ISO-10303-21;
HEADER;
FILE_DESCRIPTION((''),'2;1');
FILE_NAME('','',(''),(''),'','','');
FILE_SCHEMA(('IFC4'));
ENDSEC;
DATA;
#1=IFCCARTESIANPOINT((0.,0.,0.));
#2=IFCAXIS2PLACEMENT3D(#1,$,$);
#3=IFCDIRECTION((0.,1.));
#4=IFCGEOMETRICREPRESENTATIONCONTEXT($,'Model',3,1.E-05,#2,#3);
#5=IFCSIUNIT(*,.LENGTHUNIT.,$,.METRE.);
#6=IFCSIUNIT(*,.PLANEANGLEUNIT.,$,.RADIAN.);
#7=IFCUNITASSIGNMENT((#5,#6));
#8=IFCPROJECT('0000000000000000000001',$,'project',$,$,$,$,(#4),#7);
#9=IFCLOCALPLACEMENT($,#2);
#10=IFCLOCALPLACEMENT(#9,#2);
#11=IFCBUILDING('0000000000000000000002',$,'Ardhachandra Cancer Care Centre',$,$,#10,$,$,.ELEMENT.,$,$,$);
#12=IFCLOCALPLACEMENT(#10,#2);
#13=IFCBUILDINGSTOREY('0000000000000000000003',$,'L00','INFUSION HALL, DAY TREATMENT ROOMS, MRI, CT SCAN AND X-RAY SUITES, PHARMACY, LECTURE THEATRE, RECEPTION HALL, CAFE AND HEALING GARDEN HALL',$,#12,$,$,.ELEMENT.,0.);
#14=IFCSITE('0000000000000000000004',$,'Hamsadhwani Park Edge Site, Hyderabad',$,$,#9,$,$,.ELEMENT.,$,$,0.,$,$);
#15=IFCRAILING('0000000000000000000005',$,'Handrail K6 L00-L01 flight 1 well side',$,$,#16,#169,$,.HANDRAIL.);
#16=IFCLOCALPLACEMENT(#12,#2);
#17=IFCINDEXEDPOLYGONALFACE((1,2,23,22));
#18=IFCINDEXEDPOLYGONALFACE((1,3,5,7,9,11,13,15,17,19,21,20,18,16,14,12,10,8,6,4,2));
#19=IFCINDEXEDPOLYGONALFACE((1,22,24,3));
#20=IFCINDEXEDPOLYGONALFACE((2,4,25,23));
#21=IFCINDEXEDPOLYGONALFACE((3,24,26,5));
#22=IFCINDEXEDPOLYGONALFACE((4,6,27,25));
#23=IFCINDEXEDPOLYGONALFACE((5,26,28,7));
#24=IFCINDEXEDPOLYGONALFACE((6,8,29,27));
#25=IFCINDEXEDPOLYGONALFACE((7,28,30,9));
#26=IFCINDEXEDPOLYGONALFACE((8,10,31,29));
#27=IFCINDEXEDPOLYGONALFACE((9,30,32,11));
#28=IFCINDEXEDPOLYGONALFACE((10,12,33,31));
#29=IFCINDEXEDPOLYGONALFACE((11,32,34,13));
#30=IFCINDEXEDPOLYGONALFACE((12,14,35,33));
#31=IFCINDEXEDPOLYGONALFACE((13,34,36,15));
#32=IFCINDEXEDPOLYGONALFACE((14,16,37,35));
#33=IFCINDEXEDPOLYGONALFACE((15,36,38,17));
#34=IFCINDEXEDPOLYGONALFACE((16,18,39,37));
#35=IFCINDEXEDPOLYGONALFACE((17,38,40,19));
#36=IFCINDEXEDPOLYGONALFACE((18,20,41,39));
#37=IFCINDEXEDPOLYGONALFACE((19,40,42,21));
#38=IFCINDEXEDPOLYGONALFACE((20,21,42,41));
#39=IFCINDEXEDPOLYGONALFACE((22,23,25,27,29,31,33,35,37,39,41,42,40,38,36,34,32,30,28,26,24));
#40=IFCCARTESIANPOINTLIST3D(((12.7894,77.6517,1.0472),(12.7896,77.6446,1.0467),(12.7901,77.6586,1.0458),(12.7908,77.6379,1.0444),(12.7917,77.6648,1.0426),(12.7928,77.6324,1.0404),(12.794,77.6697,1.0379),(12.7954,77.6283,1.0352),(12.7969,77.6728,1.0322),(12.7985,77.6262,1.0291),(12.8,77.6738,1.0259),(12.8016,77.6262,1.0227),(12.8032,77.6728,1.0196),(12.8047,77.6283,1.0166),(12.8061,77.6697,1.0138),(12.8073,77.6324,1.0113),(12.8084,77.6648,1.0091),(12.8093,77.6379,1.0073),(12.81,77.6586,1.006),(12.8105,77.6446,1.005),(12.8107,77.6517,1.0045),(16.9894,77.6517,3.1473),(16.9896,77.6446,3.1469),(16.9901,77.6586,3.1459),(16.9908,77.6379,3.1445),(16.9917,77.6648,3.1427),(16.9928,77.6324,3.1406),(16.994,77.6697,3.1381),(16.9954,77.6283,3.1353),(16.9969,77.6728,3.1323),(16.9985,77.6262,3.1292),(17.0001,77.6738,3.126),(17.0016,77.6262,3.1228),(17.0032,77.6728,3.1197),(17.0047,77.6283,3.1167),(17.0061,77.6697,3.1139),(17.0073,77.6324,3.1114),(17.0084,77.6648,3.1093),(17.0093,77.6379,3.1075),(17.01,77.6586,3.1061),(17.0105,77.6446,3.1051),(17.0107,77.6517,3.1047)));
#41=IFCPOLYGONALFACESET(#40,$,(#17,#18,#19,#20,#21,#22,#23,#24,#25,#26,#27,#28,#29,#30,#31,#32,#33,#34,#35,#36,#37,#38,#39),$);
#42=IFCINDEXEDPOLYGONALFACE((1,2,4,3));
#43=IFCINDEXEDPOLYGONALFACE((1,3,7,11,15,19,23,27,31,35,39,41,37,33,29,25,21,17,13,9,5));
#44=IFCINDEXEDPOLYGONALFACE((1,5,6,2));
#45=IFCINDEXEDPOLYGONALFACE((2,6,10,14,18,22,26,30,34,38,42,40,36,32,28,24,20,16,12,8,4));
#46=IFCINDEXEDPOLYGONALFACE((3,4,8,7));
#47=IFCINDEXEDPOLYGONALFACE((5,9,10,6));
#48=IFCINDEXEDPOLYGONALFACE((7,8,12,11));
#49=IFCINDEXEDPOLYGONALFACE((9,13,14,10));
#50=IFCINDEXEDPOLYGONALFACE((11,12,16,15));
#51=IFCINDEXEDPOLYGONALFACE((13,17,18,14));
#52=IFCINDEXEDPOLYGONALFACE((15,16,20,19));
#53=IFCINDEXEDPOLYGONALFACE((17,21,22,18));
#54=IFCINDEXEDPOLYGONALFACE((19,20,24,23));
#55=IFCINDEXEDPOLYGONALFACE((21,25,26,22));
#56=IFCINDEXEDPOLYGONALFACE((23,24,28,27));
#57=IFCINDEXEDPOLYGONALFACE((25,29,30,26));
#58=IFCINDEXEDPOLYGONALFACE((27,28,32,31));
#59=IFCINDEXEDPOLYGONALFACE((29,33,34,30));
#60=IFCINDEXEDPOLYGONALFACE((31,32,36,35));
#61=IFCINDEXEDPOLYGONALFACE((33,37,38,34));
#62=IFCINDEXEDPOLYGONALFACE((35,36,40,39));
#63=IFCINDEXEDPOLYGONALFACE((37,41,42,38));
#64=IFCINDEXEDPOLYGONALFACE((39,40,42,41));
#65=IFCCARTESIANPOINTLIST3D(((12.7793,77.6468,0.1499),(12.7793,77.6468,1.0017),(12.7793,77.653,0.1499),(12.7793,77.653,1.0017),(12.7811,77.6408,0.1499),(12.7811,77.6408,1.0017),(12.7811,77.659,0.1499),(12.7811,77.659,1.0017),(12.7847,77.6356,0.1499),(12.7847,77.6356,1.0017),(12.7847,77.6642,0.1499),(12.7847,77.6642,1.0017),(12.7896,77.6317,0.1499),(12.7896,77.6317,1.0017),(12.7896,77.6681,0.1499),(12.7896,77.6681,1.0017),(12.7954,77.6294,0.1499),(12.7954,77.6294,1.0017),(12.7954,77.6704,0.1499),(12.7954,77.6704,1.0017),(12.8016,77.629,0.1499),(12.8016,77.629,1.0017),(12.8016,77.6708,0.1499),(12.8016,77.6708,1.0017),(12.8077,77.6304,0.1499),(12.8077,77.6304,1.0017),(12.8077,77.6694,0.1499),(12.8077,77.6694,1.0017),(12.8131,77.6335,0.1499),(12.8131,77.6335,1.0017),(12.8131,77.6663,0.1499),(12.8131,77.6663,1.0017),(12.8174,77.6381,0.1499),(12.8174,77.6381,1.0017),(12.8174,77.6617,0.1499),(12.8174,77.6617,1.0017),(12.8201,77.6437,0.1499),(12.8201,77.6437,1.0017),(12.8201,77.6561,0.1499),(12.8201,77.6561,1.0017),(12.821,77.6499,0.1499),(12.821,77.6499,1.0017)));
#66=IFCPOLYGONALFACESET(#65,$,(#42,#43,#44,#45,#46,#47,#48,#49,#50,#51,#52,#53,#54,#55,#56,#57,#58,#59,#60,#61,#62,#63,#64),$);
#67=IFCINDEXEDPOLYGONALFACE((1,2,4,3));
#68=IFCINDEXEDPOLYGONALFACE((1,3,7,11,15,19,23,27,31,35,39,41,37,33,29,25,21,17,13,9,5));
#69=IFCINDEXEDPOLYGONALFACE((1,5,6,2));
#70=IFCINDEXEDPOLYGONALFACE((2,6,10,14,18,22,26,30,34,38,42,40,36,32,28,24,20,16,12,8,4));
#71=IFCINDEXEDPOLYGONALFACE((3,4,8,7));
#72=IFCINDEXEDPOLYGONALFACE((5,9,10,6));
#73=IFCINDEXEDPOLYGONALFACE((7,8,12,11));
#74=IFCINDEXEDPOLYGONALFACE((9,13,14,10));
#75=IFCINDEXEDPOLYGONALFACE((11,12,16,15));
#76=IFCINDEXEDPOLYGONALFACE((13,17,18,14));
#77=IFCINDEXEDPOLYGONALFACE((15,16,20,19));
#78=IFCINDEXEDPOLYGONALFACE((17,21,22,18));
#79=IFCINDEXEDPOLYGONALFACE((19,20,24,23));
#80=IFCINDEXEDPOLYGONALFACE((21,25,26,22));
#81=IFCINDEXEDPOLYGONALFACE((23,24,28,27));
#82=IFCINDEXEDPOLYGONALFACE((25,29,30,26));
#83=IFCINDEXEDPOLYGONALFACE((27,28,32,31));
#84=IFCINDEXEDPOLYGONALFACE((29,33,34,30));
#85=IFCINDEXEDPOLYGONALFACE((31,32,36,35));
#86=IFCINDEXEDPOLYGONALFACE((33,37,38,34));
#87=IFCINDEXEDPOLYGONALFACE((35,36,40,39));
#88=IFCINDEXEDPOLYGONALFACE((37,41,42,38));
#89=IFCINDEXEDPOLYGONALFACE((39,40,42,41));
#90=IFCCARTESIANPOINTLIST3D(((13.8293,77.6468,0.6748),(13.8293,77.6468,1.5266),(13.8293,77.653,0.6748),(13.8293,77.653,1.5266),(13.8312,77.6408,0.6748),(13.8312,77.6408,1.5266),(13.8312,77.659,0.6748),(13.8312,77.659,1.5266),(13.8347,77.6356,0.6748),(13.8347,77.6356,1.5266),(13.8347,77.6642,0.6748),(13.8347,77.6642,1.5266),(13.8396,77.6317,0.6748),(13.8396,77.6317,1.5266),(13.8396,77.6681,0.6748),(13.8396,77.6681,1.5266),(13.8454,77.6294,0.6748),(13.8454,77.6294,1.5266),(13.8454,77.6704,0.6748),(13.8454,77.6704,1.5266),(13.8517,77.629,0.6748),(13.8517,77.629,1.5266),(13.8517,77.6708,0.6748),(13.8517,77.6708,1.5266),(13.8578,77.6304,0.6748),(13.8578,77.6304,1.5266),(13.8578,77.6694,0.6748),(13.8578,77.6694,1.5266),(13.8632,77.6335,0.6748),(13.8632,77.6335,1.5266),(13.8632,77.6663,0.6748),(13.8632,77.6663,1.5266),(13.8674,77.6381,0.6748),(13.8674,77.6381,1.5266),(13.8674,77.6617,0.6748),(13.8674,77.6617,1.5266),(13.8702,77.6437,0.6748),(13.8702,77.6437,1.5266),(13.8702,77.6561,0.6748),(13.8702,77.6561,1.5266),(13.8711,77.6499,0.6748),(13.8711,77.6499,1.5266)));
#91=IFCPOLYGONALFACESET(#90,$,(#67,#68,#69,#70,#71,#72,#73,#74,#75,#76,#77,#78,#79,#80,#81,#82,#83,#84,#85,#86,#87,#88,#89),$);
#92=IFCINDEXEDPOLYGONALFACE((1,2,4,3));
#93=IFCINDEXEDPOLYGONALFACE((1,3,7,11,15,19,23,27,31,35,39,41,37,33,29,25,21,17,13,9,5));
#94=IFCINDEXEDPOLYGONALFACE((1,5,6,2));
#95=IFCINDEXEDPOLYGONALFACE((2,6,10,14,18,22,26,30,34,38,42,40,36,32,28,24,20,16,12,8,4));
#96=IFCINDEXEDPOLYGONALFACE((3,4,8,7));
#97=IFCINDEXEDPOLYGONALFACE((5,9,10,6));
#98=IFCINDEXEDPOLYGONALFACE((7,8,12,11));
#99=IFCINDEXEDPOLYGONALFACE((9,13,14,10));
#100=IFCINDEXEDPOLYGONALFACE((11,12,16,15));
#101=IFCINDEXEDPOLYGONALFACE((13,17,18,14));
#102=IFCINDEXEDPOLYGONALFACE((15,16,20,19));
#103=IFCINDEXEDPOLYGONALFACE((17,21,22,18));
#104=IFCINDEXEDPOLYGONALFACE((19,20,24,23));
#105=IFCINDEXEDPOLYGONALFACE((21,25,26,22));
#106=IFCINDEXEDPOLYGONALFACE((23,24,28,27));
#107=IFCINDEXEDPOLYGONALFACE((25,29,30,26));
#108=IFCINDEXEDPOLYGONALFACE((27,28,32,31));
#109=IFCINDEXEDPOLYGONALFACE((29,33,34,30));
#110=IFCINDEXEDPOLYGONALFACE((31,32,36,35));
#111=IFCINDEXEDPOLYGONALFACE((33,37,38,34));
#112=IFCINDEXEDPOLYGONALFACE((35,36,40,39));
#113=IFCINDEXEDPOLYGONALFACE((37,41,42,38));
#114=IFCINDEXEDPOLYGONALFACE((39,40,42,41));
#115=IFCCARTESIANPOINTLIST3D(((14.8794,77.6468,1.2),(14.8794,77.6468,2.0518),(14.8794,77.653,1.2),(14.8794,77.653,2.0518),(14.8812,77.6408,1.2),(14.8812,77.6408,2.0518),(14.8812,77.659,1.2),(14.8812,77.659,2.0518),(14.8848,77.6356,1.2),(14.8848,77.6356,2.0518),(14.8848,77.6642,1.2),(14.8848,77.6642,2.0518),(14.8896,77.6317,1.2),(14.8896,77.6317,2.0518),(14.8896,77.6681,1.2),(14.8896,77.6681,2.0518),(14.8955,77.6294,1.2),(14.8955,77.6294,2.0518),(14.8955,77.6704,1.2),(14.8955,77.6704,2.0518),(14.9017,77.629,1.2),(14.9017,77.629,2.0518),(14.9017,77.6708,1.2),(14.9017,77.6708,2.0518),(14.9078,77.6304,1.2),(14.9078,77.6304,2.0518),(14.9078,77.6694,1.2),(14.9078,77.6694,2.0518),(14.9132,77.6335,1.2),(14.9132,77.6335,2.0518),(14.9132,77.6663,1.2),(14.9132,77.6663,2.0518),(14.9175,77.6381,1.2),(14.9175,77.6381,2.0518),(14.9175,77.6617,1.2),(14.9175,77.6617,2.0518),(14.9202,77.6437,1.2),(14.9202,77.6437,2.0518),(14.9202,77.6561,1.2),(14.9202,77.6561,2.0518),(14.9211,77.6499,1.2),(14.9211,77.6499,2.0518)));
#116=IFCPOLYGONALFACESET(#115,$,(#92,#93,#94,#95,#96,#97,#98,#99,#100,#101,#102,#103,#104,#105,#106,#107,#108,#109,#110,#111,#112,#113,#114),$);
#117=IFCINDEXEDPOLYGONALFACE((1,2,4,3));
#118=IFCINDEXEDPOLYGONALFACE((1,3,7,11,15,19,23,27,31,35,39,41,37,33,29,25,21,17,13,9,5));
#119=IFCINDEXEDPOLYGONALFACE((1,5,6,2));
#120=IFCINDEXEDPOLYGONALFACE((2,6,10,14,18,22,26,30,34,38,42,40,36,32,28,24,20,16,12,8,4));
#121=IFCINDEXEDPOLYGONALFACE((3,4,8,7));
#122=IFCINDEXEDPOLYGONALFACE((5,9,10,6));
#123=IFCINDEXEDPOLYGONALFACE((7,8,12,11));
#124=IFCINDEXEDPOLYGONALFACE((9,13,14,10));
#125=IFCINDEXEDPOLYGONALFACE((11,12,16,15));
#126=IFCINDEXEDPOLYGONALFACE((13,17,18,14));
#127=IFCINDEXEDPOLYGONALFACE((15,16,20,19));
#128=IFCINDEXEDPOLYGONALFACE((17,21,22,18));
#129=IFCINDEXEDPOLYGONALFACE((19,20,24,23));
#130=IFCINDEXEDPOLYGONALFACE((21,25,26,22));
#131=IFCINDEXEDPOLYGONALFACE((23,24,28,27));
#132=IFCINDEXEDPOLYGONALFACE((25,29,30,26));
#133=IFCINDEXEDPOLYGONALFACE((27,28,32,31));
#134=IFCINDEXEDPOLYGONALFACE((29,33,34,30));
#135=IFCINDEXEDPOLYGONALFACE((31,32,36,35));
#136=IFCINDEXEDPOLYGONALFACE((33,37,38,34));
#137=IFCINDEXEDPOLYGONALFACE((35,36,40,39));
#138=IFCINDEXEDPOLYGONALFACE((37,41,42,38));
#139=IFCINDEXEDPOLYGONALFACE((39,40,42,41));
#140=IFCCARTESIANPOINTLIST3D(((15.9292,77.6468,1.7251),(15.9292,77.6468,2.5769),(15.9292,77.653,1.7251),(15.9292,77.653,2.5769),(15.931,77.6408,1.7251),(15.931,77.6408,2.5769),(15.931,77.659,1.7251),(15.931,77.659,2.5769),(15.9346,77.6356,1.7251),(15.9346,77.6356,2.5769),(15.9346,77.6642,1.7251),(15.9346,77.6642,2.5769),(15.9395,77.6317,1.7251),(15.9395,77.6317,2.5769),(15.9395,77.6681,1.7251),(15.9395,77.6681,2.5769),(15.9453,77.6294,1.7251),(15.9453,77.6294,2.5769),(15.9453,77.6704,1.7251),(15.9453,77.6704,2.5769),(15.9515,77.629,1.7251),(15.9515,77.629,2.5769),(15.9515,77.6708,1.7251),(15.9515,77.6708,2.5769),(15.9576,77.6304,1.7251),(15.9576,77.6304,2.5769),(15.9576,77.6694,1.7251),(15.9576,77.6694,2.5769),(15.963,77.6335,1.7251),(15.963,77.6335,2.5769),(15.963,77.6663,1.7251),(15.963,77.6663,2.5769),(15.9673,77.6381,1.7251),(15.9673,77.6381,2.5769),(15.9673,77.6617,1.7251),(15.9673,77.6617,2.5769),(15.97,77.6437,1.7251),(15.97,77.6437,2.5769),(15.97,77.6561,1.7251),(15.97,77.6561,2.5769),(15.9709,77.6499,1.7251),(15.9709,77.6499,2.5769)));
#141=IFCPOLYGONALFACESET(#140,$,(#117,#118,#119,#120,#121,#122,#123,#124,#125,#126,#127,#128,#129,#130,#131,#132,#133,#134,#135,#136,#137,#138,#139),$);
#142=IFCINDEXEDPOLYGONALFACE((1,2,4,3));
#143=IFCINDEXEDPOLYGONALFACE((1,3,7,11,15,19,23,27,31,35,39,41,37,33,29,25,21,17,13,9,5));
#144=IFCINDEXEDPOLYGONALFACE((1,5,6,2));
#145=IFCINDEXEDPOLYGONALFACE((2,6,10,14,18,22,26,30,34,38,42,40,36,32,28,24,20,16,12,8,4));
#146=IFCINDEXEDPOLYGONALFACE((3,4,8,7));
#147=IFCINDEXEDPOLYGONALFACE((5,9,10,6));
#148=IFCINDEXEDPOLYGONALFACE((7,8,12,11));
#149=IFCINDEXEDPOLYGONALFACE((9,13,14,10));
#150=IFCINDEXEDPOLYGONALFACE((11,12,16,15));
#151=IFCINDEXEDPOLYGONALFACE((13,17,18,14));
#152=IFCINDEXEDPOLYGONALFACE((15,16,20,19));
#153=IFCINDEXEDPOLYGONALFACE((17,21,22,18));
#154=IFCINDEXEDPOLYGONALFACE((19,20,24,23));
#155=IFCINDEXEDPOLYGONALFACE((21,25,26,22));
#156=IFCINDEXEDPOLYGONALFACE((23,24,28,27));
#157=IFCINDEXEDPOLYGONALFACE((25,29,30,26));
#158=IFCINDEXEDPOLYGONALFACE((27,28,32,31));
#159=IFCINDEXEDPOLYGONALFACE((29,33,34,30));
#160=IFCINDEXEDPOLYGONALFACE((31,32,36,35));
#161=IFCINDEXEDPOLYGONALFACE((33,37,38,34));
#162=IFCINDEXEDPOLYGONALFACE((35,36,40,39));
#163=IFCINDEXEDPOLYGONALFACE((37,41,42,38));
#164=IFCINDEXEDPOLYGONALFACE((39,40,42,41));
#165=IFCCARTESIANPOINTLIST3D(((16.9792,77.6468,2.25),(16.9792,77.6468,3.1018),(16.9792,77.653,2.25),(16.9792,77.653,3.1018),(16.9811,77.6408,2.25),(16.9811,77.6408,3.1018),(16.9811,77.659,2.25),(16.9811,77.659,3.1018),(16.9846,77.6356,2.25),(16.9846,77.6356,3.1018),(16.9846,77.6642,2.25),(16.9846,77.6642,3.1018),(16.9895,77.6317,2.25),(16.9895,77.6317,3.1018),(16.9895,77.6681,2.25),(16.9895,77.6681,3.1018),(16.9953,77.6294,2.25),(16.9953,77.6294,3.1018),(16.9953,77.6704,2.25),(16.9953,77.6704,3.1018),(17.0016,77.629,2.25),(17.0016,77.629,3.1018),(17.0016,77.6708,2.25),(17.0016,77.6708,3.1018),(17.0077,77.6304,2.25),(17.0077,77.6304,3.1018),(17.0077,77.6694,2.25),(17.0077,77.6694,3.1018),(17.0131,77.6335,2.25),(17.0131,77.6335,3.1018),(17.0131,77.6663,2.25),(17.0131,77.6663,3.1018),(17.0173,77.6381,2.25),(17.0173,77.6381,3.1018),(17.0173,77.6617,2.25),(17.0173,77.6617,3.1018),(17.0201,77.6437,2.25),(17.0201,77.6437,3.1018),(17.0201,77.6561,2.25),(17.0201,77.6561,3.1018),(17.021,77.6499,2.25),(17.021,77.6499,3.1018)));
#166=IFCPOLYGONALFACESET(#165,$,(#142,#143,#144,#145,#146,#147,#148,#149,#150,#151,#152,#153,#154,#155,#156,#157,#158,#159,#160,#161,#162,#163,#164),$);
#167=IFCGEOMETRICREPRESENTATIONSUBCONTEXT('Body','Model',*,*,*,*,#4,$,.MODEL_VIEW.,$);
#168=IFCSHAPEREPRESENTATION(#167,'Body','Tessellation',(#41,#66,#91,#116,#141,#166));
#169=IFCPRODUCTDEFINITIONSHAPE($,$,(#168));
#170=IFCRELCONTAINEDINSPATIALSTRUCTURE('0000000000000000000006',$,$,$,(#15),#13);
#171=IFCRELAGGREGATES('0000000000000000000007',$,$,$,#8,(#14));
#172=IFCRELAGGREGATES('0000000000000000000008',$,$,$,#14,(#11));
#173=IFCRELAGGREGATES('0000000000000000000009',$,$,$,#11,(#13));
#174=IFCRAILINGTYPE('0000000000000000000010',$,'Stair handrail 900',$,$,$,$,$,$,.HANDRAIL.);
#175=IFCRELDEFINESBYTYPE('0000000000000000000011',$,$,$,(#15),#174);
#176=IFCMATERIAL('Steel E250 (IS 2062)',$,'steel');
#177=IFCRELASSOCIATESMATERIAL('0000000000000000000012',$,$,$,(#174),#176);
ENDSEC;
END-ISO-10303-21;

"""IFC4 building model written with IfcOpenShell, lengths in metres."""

from ifc_helpers import new_model, si_unit, direction, frame, origin, origin_2d, place, context, subcontext, project, spatial, circle, extrude, material, type_object, element, save


model = new_model("IFC4")

# Units and contexts
model_context = context("Model", 3, precision=1e-05, world=origin(), true_north=direction((0.0, 1.0)))
body_context = subcontext(model_context, "Body", "Model", "MODEL_VIEW")
ifc_project = project(units=[si_unit("LENGTHUNIT", "METRE"), si_unit("PLANEANGLEUNIT", "RADIAN")], contexts=[model_context])

# Site, building, storey
site_placement = place(None, origin())
site = spatial("IfcSite", under=ifc_project, at=site_placement, Name="Hamsadhwani Park Edge Site, Hyderabad", CompositionType="ELEMENT", RefElevation=0.0)
building_placement = place(site_placement, origin())
building = spatial("IfcBuilding", under=site, at=building_placement, Name="Ardhachandra Cancer Care Centre", CompositionType="ELEMENT")
storey_placement = place(building_placement, origin())
storey = spatial("IfcBuildingStorey", under=building, at=storey_placement, Name="L00", Description="INFUSION HALL, DAY TREATMENT ROOMS, MRI, CT SCAN AND X-RAY SUITES, PHARMACY, LECTURE THEATRE, RECEPTION HALL, CAFE AND HEALING GARDEN HALL", CompositionType="ELEMENT", Elevation=0.0)

# Railing
ifc_material_1 = material(Name="Steel E250 (IS 2062)", Category="steel")
railing_type_1 = type_object("IfcRailingType", Name="Stair handrail 900", PredefinedType="HANDRAIL", material=ifc_material_1)
for number, where, name in (
    (1, (12.8, 77.6499, 0.1499), "Handrail K6 L00-L01 flight 1 well side"),
):
    element("IfcRailing", number, at=place(storey_placement, frame(where)), inside=storey, type_object=railing_type_1, Name=name, PredefinedType="HANDRAIL", context=body_context, shape_type="SweptSolid", body=[
        extrude(circle(Radius=0.0239, at=origin_2d()), frame((0.0, 0.0, 0.876), z_axis=(0.894417, 0.0, 0.447234), x_axis=(0.0, 1.0, 0.0)), (0.0, 0.0, 1.0), 4.6958),
        extrude(circle(Radius=0.021, at=origin_2d()), origin(), (0.0, 0.0, 1.0), 0.8518),
        extrude(circle(Radius=0.021, at=origin_2d()), frame((1.05, 0.0, 0.5249)), (0.0, 0.0, 1.0), 0.8518),
        extrude(circle(Radius=0.021, at=origin_2d()), frame((2.1001, 0.0, 1.05)), (0.0, 0.0, 1.0), 0.8518),
        extrude(circle(Radius=0.021, at=origin_2d()), frame((3.1499, 0.0, 1.5752)), (0.0, 0.0, 1.0), 0.8518),
        extrude(circle(Radius=0.021, at=origin_2d()), frame((4.2, 0.0, 2.1001)), (0.0, 0.0, 1.0), 0.8518),
    ])

save(model, "model.ifc")
